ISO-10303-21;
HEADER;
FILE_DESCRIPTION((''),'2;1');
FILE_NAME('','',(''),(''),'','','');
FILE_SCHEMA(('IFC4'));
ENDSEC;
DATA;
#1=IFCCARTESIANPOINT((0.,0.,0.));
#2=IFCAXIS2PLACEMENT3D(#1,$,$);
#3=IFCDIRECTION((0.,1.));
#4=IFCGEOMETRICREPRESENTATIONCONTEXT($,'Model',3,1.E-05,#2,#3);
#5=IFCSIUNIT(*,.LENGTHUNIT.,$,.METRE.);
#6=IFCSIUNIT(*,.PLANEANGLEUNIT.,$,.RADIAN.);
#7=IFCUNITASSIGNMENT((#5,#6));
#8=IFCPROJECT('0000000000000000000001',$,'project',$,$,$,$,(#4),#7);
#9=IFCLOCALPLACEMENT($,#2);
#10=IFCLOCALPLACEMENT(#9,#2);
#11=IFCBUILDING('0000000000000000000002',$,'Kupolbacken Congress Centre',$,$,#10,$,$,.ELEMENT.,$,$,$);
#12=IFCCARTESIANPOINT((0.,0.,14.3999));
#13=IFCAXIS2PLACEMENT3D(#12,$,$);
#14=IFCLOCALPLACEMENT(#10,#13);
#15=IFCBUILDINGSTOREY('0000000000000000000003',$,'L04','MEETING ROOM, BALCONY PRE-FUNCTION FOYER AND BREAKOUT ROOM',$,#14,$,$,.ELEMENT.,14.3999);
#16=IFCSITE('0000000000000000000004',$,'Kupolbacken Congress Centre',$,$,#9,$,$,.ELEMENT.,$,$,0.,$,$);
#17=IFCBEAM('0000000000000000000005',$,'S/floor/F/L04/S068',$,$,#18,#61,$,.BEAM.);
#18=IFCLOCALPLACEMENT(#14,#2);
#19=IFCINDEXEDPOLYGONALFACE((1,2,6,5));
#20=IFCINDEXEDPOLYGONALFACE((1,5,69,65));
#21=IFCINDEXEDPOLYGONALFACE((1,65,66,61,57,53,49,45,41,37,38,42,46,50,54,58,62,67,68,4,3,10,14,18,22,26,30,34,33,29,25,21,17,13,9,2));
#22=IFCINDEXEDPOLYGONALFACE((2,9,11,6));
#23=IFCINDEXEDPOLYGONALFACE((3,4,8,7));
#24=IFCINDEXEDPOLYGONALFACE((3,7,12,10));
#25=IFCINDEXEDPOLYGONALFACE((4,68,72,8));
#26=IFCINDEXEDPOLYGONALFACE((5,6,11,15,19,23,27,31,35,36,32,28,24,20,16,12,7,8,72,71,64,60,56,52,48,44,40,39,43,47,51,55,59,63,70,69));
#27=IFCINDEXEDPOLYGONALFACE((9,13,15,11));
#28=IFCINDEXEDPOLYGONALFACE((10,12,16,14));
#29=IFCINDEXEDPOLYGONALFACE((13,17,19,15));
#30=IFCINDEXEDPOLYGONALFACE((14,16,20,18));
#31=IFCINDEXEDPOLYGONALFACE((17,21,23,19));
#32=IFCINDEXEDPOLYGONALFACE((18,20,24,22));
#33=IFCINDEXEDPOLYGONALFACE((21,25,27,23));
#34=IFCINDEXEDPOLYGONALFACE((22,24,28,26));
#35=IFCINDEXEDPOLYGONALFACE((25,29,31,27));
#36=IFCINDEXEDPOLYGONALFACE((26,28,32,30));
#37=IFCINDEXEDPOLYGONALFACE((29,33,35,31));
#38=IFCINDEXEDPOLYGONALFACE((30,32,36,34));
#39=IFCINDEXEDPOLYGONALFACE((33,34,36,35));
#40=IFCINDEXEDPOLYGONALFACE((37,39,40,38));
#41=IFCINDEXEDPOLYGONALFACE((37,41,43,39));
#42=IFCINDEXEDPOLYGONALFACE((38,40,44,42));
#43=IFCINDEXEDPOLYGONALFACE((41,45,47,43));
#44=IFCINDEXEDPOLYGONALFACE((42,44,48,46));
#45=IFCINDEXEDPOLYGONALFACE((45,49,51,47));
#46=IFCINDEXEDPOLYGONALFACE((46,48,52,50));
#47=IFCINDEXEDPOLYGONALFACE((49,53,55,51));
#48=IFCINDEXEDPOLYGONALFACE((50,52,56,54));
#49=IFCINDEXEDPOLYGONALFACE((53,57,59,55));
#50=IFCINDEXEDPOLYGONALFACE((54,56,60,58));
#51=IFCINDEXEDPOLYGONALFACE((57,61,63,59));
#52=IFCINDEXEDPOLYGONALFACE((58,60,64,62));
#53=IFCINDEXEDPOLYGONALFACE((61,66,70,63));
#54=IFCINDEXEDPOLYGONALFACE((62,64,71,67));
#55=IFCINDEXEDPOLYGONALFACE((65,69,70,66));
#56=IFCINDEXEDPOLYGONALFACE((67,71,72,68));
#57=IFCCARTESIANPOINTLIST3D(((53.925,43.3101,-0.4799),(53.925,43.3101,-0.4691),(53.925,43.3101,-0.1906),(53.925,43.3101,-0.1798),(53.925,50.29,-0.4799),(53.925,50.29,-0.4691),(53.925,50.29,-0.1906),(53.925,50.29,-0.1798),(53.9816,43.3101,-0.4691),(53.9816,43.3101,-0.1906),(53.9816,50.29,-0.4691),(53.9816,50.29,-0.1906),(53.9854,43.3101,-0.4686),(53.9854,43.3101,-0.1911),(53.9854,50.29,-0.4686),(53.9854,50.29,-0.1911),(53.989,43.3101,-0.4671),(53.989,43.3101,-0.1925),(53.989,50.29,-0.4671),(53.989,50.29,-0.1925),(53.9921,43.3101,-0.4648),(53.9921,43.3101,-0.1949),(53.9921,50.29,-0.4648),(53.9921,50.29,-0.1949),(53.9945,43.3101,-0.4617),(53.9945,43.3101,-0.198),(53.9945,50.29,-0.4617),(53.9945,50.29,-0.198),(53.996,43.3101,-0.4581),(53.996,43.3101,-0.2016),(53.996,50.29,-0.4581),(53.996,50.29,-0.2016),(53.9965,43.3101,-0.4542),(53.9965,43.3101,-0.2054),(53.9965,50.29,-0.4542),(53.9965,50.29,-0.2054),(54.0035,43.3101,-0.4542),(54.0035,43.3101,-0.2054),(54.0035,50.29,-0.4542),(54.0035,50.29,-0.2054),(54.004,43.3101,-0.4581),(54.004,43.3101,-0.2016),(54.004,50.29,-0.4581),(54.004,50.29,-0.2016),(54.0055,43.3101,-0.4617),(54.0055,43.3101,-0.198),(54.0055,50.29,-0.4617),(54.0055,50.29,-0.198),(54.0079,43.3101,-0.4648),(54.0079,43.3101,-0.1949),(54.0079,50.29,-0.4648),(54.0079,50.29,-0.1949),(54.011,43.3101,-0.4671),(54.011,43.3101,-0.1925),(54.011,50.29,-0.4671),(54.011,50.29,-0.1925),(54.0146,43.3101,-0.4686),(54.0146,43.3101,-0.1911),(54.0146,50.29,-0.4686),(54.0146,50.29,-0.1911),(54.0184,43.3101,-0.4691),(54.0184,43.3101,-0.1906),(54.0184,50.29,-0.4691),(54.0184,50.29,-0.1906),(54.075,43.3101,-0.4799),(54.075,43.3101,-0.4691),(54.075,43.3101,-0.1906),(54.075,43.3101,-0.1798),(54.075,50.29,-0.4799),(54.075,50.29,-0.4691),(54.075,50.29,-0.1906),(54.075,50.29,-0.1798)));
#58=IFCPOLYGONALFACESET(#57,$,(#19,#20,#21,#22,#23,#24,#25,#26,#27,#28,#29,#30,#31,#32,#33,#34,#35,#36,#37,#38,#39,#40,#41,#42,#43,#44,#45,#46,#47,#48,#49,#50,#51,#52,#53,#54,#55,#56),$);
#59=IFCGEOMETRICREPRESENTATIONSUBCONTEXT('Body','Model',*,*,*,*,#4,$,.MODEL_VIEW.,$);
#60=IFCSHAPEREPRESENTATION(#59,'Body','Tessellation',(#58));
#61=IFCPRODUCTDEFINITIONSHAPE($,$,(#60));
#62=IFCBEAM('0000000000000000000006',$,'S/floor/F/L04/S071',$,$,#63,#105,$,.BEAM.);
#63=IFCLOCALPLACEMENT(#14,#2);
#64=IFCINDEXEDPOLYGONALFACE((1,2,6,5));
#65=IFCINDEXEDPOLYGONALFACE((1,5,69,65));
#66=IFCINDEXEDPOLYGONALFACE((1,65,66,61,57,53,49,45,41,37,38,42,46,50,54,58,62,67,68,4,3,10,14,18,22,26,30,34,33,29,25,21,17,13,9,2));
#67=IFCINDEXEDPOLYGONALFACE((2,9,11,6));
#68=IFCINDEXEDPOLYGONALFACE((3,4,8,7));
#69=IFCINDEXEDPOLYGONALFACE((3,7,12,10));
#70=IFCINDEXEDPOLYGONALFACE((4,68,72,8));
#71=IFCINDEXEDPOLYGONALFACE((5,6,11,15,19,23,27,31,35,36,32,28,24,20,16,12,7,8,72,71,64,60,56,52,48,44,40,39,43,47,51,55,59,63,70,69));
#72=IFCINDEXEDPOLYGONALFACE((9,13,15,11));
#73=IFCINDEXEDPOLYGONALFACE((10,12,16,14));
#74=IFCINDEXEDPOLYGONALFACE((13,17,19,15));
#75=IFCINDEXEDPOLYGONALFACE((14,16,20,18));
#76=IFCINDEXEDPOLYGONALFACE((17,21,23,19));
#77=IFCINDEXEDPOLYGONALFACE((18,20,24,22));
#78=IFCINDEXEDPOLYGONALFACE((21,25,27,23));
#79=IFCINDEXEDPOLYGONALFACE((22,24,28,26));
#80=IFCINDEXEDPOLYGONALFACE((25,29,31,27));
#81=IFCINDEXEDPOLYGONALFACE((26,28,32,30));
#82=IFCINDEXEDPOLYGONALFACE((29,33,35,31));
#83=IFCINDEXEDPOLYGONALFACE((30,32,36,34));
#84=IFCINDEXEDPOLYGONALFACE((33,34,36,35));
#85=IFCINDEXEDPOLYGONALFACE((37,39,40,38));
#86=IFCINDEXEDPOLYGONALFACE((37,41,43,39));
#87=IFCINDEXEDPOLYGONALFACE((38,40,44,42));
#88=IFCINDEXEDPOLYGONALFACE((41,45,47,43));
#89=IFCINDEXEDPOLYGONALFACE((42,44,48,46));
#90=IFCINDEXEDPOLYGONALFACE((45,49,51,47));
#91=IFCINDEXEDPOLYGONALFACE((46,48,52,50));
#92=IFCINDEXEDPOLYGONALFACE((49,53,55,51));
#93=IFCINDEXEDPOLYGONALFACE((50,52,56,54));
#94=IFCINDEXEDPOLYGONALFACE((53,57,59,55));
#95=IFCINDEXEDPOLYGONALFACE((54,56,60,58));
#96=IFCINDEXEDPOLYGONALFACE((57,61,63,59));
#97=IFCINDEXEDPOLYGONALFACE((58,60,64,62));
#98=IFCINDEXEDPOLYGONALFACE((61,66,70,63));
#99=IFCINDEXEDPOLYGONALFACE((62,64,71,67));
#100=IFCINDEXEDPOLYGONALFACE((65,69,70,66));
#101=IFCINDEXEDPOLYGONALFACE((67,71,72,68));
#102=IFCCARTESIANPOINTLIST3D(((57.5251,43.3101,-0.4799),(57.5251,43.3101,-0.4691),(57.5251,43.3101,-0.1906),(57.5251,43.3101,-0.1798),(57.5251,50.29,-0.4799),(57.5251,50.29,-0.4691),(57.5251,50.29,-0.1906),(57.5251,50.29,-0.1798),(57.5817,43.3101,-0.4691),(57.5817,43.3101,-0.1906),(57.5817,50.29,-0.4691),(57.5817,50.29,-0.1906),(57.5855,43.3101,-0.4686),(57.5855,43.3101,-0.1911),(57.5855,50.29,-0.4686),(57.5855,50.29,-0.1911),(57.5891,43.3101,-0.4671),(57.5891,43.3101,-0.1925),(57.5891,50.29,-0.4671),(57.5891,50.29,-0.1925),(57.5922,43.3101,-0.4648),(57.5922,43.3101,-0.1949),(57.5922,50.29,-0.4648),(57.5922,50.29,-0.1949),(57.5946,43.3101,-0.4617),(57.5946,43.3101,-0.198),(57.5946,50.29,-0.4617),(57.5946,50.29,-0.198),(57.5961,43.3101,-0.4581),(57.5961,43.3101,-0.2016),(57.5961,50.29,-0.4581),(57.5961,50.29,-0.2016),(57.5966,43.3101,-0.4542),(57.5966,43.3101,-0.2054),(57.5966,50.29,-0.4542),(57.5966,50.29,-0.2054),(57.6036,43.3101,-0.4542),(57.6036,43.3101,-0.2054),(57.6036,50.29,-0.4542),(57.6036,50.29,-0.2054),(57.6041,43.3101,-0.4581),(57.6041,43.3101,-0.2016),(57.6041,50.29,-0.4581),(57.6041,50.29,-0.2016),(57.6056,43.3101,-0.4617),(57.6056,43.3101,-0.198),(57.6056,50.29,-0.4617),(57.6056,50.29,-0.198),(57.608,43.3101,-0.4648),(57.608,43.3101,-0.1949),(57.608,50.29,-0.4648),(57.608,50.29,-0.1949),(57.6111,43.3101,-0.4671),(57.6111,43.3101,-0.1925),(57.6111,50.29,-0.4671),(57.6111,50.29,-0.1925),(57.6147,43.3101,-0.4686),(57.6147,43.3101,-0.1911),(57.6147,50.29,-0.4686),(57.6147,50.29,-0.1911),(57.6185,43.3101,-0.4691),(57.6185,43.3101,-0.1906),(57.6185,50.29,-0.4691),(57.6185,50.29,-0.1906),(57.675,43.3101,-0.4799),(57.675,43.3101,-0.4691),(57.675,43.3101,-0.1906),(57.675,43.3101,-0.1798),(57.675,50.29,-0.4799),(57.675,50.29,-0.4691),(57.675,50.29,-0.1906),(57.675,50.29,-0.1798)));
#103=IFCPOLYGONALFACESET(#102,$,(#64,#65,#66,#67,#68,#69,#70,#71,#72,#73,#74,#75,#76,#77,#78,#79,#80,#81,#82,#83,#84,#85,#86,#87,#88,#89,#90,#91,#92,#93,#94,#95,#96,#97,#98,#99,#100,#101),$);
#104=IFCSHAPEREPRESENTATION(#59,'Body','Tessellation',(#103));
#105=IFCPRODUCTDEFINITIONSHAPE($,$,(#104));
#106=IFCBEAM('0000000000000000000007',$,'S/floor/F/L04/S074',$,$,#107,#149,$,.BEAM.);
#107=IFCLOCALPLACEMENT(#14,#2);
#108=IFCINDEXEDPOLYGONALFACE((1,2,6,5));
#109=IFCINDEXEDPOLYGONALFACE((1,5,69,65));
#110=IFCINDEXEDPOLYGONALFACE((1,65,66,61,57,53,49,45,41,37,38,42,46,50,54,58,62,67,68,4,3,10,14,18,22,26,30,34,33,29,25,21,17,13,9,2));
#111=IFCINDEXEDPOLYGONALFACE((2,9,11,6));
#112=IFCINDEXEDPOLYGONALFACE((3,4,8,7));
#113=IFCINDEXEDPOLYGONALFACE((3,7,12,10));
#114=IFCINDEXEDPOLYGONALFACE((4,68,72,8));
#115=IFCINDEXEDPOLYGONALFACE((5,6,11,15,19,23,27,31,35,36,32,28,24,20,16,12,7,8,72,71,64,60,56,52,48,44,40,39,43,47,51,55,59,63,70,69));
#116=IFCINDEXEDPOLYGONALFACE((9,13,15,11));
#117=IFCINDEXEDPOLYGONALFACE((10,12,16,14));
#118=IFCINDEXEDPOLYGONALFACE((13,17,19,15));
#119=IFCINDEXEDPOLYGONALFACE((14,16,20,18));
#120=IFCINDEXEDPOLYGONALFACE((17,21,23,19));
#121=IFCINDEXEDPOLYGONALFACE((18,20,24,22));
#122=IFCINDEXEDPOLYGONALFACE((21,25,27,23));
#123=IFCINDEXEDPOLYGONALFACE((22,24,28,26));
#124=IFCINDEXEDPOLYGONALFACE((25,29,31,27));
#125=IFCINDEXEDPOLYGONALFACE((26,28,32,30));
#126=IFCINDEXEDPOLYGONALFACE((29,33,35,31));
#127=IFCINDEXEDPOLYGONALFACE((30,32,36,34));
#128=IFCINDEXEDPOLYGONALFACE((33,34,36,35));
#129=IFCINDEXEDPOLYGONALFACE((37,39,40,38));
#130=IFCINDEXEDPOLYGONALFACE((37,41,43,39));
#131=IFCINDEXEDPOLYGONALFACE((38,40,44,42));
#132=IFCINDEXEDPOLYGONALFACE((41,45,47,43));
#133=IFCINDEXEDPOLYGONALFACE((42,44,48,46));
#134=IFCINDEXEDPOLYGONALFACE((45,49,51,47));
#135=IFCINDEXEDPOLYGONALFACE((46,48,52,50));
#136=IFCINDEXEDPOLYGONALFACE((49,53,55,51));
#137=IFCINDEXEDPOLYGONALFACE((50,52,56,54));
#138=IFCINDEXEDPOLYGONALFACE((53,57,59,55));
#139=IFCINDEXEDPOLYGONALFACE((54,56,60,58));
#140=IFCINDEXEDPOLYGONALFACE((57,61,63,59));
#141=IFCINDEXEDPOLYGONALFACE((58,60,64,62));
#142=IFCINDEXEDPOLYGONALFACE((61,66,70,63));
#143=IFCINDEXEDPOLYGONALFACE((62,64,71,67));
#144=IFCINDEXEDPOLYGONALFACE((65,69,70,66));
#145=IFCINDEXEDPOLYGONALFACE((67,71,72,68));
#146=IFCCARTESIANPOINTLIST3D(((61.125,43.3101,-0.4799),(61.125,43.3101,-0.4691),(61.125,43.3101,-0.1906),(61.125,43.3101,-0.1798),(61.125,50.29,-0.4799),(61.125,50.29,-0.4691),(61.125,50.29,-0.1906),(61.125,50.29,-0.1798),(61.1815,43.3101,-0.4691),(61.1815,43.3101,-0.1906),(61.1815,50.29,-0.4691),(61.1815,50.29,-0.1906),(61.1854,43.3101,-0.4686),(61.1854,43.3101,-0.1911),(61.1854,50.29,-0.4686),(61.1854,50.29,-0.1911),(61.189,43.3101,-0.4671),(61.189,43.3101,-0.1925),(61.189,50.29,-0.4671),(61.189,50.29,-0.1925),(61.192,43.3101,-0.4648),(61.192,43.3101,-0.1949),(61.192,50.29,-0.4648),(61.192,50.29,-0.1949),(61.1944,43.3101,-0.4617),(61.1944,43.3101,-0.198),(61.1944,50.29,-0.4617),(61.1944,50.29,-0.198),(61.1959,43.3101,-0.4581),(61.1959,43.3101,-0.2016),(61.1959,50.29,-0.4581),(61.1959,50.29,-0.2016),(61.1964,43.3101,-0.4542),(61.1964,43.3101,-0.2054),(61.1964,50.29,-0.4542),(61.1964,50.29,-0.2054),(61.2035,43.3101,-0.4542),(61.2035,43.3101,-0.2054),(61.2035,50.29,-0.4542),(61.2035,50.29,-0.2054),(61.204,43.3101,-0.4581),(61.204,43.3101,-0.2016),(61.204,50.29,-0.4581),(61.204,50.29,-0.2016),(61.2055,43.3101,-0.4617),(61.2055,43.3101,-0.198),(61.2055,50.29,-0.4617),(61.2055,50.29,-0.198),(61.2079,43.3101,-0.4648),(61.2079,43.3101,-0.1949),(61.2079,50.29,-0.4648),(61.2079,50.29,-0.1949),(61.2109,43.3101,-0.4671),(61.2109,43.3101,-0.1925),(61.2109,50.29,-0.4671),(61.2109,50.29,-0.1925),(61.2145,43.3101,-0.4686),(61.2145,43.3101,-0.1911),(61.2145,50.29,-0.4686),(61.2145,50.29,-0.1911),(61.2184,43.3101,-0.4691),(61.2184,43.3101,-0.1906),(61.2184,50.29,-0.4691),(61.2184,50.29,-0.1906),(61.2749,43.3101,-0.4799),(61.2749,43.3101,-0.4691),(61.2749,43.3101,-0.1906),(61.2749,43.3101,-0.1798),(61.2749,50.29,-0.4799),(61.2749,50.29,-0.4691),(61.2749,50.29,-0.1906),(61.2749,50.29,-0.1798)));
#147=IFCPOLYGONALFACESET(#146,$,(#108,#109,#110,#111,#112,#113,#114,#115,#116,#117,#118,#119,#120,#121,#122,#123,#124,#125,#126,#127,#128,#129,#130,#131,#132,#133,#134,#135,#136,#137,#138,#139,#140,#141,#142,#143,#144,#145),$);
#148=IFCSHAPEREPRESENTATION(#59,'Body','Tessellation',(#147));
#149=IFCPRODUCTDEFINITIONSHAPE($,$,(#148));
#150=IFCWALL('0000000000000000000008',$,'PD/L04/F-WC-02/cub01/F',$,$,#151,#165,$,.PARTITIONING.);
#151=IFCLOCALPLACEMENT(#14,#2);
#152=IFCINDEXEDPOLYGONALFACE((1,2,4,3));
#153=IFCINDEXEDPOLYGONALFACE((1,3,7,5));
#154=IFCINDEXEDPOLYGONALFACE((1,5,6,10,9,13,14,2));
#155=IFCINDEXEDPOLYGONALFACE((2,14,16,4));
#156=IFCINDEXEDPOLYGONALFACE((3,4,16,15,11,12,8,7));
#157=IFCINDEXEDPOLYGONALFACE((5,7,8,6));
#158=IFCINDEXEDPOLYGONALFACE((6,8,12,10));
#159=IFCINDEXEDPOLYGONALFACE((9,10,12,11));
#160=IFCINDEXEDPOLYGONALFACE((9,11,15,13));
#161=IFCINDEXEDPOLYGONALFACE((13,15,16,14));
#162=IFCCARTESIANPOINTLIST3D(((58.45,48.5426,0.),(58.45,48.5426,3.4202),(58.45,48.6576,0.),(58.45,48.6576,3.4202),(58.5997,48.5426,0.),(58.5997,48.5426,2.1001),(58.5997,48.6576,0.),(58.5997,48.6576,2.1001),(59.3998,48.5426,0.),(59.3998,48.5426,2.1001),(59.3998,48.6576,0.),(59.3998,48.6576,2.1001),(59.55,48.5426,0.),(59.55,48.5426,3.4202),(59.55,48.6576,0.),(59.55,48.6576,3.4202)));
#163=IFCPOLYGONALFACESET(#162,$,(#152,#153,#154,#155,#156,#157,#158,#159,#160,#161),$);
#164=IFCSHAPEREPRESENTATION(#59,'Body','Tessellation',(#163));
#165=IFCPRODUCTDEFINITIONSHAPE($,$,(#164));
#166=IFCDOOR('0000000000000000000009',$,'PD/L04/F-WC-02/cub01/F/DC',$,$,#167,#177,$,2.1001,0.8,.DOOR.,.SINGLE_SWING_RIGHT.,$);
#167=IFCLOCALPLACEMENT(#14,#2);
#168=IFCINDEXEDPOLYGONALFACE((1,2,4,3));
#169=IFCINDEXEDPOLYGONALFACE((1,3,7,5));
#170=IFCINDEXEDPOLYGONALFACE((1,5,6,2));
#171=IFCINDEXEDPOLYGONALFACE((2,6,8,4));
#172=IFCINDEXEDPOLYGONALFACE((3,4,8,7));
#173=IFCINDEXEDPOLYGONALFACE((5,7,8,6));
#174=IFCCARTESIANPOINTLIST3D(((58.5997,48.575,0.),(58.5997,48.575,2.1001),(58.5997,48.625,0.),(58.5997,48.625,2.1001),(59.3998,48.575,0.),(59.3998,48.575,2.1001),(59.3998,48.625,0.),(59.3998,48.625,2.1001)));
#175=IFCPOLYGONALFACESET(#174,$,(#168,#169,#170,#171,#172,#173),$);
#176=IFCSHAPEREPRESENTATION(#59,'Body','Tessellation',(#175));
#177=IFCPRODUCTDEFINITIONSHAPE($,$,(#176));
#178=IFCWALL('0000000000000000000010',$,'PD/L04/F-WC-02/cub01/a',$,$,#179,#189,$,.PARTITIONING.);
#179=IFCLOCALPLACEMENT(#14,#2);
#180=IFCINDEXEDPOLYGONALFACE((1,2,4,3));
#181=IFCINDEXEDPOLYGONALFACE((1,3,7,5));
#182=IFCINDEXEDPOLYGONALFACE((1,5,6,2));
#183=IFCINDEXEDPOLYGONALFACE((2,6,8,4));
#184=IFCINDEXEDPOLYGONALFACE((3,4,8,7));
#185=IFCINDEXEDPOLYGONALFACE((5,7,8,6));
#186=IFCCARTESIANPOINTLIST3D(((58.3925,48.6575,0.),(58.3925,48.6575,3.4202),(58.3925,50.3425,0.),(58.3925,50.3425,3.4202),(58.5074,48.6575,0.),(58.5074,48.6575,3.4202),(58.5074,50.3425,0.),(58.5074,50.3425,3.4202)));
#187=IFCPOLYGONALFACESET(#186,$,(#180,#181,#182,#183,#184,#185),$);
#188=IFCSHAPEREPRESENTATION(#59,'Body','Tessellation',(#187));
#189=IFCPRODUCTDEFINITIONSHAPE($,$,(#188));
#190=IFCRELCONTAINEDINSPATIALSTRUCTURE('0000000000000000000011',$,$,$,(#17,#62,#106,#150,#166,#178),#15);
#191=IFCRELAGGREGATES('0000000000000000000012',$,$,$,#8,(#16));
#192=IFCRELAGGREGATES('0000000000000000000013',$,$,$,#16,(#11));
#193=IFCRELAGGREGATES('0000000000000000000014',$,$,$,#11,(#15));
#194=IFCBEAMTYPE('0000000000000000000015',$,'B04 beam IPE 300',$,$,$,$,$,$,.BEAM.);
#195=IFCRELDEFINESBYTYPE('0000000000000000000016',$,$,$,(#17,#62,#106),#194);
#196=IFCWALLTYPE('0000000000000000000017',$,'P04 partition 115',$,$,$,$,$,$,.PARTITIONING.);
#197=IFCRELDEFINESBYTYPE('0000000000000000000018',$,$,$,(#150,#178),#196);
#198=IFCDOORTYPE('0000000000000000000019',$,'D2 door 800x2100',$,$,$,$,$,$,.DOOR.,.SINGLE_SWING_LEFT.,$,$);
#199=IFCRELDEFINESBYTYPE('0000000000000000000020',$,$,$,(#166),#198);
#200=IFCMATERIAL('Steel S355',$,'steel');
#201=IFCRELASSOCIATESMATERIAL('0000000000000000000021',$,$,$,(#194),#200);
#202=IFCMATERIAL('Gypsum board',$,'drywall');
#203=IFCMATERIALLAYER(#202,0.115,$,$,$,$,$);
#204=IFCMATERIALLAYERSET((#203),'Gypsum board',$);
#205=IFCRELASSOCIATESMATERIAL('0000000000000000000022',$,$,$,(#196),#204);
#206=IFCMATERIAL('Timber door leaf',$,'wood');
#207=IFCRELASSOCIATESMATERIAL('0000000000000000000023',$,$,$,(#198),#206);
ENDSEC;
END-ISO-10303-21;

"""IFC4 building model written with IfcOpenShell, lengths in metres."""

from ifc_helpers import new_model, si_unit, direction, frame, frame_2d, origin, origin_2d, place, context, subcontext, project, spatial, rectangle, i_section, extrude, material, layer, layer_set, material_profile, profile_set, type_object, element, fill, save


model = new_model("IFC4")

# Units and contexts
model_context = context("Model", 3, precision=1e-05, world=origin(), true_north=direction((0.0, 1.0)))
body_context = subcontext(model_context, "Body", "Model", "MODEL_VIEW")
ifc_project = project(units=[si_unit("LENGTHUNIT", "METRE"), si_unit("PLANEANGLEUNIT", "RADIAN")], contexts=[model_context])

# Site, building, storey
site_placement = place(None, origin())
site = spatial("IfcSite", under=ifc_project, at=site_placement, Name="Kupolbacken Congress Centre", CompositionType="ELEMENT", RefElevation=0.0)
building_placement = place(site_placement, origin())
building = spatial("IfcBuilding", under=site, at=building_placement, Name="Kupolbacken Congress Centre", CompositionType="ELEMENT")
storey_placement = place(building_placement, frame((0.0, 0.0, 14.3999)))
storey = spatial("IfcBuildingStorey", under=building, at=storey_placement, Name="L04", Description="MEETING ROOM, BALCONY PRE-FUNCTION FOYER AND BREAKOUT ROOM", CompositionType="ELEMENT", Elevation=14.3999)

# Beams
ifc_material_1 = material(Name="Steel S355", Category="steel")
ifc_material_profile = material_profile(ifc_material_1, i_section(OverallWidth=0.1499, OverallDepth=0.3, WebThickness=0.0071, FlangeThickness=0.0107, FilletRadius=0.0149, at=origin_2d()), Name="IPE 300")
ifc_profile_set = profile_set([ifc_material_profile], Name="Steel S355")
beam_type = type_object("IfcBeamType", Name="B04 beam IPE 300", PredefinedType="BEAM", material=ifc_profile_set)
for number, where, z_axis, x_axis, name in (
    (1, (54.0, 43.3101, -0.3298), (0.0, 1.0, 0.0), (-1.0, 0.0, 0.0), "S/floor/F/L04/S068"),
    (2, (57.6001, 43.3101, -0.3298), (0.0, 1.0, 0.0), (-1.0, 0.0, 0.0), "S/floor/F/L04/S071"),
    (3, (61.2, 43.3101, -0.3298), (0.0, 1.0, 0.0), (-1.0, 0.0, 0.0), "S/floor/F/L04/S074"),
):
    element("IfcBeam", number, at=place(storey_placement, frame(where, z_axis=z_axis, x_axis=x_axis)), inside=storey, type_object=beam_type, Name=name, PredefinedType="BEAM", context=body_context, shape_type="SweptSolid", body=[
        extrude(i_section(OverallWidth=0.1499, OverallDepth=0.3, WebThickness=0.0071, FlangeThickness=0.0107, FilletRadius=0.0149, at=origin_2d()), origin(), (0.0, 0.0, 1.0), 6.98),
    ])

# Wall, opening, door
ifc_material_2 = material(Name="Gypsum board", Category="drywall")
ifc_layer_1 = layer(ifc_material_2, 0.115)
ifc_layer_set_1 = layer_set([ifc_layer_1], Name="Gypsum board")
wall_type_1 = type_object("IfcWallType", Name="P04 partition 115", PredefinedType="PARTITIONING", material=ifc_layer_set_1)
wall_1_placement = place(storey_placement, frame((58.45, 48.6001, 0.0), z_axis=(0.0, 0.0, 1.0), x_axis=(1.0, 0.0, 0.0)))
wall_1 = element("IfcWall", 4, at=wall_1_placement, inside=storey, type_object=wall_type_1, Name="PD/L04/F-WC-02/cub01/F", PredefinedType="PARTITIONING", context=body_context, shape_type="SweptSolid", body=[
    extrude(rectangle(XDim=1.1001, YDim=0.115, at=frame_2d((0.55, 0.0))), origin(), (0.0, 0.0, 1.0), 3.4202),
])
opening_1_placement = place(wall_1_placement, frame((0.1499, 0.0, 0.0)))
opening_1 = element("IfcOpeningElement", 5, at=opening_1_placement, cuts=wall_1, PredefinedType="OPENING", context=body_context, shape_type="SweptSolid", body=[
    extrude(rectangle(XDim=0.8, YDim=2.1001, at=frame_2d((0.3999, 1.05))), frame((0.0, 0.0674, 0.0), z_axis=(0.0, -1.0, 0.0), x_axis=(1.0, 0.0, 0.0)), (0.0, 0.0, 1.0), 0.135),
])
ifc_material_3 = material(Name="Timber door leaf", Category="wood")
door_type_1 = type_object("IfcDoorType", Name="D2 door 800x2100", OperationType="SINGLE_SWING_LEFT", PredefinedType="DOOR", material=ifc_material_3)
door_1_placement = place(opening_1_placement, origin())
door_1 = element("IfcDoor", 6, at=door_1_placement, inside=storey, type_object=door_type_1, Name="PD/L04/F-WC-02/cub01/F/DC", OperationType="SINGLE_SWING_RIGHT", OverallHeight=2.1001, OverallWidth=0.8, PredefinedType="DOOR", context=body_context, shape_type="SweptSolid", body=[
    extrude(rectangle(XDim=0.8, YDim=2.1001, at=frame_2d((0.3999, 1.05))), frame((0.0, 0.0249, 0.0), z_axis=(0.0, -1.0, 0.0), x_axis=(1.0, 0.0, 0.0)), (0.0, 0.0, 1.0), 0.05),
])
fill(opening_1, door_1)

# Wall
wall_2_placement = place(storey_placement, frame((58.45, 50.3425, 0.0), z_axis=(0.0, 0.0, 1.0), x_axis=(0.0, -1.0, 0.0)))
element("IfcWall", 7, at=wall_2_placement, inside=storey, type_object=wall_type_1, Name="PD/L04/F-WC-02/cub01/a", PredefinedType="PARTITIONING", context=body_context, shape_type="SweptSolid", body=[
    extrude(rectangle(XDim=1.6851, YDim=0.115, at=frame_2d((0.8425, 0.0))), origin(), (0.0, 0.0, 1.0), 3.4202),
])

save(model, "model.ifc")
